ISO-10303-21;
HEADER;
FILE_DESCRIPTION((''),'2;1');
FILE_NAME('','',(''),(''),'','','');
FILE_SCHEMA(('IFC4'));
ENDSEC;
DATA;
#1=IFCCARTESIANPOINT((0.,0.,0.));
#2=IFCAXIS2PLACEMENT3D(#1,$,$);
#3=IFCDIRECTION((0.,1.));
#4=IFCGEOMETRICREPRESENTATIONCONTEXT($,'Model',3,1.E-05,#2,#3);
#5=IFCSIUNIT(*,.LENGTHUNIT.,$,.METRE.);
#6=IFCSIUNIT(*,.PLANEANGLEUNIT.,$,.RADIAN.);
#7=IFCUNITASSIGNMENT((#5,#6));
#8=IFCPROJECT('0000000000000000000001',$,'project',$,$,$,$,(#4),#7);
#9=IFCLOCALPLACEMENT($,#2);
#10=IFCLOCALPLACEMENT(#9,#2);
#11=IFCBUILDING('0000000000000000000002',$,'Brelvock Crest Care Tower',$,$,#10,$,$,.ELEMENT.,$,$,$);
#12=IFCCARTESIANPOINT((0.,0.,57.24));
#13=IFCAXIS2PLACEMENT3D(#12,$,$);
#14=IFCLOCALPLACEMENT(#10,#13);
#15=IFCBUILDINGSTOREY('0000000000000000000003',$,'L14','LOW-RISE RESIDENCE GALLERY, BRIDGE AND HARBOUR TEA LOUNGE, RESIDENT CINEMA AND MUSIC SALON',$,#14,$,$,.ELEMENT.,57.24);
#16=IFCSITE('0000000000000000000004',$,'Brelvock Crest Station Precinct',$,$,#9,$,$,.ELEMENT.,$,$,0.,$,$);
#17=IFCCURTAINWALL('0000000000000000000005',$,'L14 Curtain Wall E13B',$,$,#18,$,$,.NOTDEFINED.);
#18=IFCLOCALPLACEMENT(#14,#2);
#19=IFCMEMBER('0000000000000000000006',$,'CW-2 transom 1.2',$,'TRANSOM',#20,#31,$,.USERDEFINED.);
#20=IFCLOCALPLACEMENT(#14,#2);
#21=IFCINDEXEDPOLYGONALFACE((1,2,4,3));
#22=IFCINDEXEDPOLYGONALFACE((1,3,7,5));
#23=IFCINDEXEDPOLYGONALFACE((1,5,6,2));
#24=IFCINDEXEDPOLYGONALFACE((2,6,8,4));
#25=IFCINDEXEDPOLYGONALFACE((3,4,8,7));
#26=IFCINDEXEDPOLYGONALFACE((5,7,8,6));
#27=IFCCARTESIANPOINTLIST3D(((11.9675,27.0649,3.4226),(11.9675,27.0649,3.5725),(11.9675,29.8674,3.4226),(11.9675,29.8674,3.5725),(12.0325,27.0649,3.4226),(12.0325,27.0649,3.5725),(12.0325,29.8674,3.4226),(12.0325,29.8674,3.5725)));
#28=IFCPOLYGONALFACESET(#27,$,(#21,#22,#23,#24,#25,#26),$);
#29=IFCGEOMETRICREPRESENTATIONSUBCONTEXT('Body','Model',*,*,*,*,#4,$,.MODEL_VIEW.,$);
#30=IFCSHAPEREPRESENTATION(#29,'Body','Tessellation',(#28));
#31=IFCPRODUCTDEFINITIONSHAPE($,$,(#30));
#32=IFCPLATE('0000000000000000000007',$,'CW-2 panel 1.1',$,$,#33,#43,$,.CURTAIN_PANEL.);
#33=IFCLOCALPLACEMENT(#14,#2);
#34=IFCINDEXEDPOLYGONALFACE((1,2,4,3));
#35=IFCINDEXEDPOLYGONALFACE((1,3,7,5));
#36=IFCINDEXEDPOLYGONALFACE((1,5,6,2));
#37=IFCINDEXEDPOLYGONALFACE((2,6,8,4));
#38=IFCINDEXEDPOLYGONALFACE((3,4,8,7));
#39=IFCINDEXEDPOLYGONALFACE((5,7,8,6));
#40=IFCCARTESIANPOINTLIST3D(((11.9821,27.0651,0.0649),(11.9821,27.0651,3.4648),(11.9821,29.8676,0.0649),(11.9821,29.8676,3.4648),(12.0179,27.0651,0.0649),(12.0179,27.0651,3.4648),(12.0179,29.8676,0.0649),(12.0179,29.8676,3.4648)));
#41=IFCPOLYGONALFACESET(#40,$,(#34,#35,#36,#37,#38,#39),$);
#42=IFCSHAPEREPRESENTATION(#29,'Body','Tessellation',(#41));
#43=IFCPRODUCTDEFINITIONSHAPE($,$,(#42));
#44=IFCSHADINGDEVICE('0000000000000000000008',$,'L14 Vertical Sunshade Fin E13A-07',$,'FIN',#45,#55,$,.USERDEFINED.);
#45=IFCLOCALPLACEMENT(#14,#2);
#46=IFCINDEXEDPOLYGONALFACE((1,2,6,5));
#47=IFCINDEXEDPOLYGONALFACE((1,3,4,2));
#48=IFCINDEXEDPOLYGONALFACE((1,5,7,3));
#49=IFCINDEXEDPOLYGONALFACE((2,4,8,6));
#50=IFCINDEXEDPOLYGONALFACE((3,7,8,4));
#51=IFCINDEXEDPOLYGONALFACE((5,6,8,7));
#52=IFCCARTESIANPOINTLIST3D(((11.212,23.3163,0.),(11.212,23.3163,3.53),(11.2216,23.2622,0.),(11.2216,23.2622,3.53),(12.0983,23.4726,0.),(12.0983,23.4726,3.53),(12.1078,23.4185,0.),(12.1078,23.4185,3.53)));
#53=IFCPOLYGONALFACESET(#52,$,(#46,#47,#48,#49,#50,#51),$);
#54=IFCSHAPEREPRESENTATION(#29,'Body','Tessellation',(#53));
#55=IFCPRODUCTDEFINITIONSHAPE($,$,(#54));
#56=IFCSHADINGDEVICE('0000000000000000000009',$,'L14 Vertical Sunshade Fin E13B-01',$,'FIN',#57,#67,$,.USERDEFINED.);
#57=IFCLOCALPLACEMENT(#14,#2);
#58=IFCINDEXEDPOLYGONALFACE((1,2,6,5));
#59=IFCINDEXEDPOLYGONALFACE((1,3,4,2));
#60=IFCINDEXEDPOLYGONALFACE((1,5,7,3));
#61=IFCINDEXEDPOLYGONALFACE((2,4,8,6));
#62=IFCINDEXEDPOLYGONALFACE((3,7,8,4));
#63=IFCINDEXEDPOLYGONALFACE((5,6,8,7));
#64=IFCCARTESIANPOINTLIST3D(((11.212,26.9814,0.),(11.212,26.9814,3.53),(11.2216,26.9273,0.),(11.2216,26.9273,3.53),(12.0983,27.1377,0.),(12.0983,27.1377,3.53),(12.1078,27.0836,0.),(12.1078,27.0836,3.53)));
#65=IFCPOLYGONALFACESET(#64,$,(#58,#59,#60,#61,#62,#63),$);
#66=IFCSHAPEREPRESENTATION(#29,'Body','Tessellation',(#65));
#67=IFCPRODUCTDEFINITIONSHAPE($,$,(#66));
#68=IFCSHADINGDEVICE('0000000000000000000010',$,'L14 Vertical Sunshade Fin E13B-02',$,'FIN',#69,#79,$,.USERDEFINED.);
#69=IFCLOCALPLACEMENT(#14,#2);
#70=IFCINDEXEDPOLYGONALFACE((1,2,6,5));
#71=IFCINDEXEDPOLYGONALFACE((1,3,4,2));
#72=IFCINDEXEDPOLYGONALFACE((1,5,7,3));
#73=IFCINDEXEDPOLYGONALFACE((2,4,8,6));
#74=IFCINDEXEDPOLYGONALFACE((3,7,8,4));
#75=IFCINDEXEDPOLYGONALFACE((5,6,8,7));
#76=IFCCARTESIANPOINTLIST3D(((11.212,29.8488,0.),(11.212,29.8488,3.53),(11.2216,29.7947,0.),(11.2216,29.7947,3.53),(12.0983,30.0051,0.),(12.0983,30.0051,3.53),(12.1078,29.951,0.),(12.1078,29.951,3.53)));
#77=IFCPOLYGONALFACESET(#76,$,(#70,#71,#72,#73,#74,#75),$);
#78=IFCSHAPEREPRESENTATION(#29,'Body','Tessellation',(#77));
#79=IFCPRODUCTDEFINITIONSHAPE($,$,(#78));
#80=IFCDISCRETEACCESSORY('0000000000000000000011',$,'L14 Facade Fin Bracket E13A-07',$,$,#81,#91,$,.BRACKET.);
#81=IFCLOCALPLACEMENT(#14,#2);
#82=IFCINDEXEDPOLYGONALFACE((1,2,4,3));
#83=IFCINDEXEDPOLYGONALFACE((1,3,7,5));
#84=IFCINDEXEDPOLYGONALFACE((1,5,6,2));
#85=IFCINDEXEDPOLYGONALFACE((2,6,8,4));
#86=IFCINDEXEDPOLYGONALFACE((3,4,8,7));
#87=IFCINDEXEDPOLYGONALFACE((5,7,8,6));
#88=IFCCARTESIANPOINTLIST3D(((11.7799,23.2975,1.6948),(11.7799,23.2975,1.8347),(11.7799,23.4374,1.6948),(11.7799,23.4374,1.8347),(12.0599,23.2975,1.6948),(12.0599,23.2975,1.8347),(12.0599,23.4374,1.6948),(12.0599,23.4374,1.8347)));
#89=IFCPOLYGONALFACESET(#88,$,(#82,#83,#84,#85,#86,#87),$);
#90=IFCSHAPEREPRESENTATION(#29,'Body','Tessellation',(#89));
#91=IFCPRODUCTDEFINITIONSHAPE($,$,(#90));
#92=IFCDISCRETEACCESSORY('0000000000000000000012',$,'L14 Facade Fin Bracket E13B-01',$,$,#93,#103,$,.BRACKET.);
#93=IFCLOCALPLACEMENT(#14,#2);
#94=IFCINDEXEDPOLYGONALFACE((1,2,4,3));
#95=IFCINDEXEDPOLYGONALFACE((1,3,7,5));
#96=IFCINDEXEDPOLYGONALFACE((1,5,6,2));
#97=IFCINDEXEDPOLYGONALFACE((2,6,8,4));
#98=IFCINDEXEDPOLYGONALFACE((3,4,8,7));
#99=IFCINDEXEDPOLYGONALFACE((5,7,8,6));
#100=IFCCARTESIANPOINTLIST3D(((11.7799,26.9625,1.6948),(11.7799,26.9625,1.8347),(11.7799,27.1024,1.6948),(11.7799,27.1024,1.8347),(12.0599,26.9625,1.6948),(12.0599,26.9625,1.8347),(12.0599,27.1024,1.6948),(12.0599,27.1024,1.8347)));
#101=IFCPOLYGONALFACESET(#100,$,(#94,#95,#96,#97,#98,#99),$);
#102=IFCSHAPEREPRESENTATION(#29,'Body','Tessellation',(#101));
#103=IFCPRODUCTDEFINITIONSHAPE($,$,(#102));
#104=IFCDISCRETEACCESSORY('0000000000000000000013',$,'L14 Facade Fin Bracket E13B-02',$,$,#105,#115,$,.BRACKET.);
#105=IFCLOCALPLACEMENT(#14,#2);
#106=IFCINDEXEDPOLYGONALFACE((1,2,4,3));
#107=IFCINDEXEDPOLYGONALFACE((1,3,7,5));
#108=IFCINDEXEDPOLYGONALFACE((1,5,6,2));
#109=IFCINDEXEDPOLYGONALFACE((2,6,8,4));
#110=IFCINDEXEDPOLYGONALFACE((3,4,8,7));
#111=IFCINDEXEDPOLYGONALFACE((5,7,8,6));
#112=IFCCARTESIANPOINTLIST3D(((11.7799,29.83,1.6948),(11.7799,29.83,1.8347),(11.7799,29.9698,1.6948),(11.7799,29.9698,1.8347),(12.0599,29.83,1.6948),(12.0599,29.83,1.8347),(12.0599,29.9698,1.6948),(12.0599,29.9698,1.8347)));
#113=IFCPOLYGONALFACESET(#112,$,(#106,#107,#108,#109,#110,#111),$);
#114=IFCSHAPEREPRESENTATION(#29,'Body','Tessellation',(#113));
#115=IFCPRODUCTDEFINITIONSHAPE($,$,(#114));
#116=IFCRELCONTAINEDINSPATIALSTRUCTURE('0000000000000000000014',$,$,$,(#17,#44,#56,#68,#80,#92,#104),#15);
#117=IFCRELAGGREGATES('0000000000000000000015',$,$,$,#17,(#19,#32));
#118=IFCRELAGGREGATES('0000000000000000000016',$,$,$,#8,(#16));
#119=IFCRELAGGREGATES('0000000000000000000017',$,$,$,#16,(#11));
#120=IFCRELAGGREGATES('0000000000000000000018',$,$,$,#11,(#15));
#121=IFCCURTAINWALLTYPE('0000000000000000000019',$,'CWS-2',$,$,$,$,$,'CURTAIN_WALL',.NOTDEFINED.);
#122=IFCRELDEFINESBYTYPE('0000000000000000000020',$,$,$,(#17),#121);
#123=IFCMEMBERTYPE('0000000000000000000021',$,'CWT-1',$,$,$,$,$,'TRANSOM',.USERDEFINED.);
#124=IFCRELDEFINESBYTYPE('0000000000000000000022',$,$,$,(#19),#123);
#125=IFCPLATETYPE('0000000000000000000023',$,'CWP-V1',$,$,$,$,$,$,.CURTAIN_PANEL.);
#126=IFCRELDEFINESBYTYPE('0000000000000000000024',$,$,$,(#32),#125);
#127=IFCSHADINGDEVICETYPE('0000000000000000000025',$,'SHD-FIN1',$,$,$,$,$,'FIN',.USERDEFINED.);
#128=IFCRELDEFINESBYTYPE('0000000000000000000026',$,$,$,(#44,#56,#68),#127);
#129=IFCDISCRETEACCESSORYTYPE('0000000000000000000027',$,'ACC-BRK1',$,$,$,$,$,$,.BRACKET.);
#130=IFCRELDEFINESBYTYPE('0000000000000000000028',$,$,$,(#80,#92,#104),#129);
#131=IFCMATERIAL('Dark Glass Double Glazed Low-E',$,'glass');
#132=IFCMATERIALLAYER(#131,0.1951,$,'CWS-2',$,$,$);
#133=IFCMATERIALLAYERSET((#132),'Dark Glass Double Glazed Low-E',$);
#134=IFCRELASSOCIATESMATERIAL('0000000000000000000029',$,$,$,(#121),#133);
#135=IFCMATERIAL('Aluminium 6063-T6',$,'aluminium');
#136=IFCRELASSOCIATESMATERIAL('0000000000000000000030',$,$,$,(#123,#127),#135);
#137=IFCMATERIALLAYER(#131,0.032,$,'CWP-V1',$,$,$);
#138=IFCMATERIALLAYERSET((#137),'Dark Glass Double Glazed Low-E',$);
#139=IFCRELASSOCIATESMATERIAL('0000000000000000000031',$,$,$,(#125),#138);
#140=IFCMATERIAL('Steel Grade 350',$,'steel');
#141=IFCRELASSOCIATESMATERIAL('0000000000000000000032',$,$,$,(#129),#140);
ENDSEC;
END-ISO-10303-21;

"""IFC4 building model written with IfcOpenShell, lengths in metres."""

from ifc_helpers import new_model, si_unit, direction, frame, origin, origin_2d, place, context, subcontext, project, spatial, rectangle, extrude, source, transform, mapped, material, layer, layer_set, material_profile, profile_set, type_object, element, aggregate, save


model = new_model("IFC4")

# Units and contexts
model_context = context("Model", 3, precision=1e-05, world=origin(), true_north=direction((0.0, 1.0)))
body_context = subcontext(model_context, "Body", "Model", "MODEL_VIEW")
ifc_project = project(units=[si_unit("LENGTHUNIT", "METRE"), si_unit("PLANEANGLEUNIT", "RADIAN")], contexts=[model_context])

# Site, building, storey
site_placement = place(None, origin())
site = spatial("IfcSite", under=ifc_project, at=site_placement, Name="Brelvock Crest Station Precinct", CompositionType="ELEMENT", RefElevation=0.0)
building_placement = place(site_placement, origin())
building = spatial("IfcBuilding", under=site, at=building_placement, Name="Brelvock Crest Care Tower", CompositionType="ELEMENT")
storey_placement = place(building_placement, frame((0.0, 0.0, 57.24)))
storey = spatial("IfcBuildingStorey", under=building, at=storey_placement, Name="L14", Description="LOW-RISE RESIDENCE GALLERY, BRIDGE AND HARBOUR TEA LOUNGE, RESIDENT CINEMA AND MUSIC SALON", CompositionType="ELEMENT", Elevation=57.24)

# Shared definitions
ifc_material_1 = material(Name="Steel Grade 350", Category="steel")

# Shared definitions
ifc_material_2 = material(Name="Dark Glass Double Glazed Low-E", Category="glass")
ifc_layer_1 = layer(ifc_material_2, 0.1951, Name="CWS-2")
ifc_layer_set_1 = layer_set([ifc_layer_1], Name="Dark Glass Double Glazed Low-E")
curtain_wall_type = type_object("IfcCurtainWallType", Name="CWS-2", ElementType="CURTAIN_WALL", PredefinedType="NOTDEFINED", material=ifc_layer_set_1)
ifc_material_3 = material(Name="Aluminium 6063-T6", Category="aluminium")

# Curtain wall, member, plate
curtain_wall_1_placement = place(storey_placement, origin())
curtain_wall_1 = element("IfcCurtainWall", 1, at=curtain_wall_1_placement, inside=storey, type_object=curtain_wall_type, Name="L14 Curtain Wall E13B", PredefinedType="NOTDEFINED")
ifc_material_profile_1 = material_profile(ifc_material_3, rectangle(XDim=0.0649, YDim=0.1499, at=origin_2d()), Name="ALU65x150")
ifc_profile_set_1 = profile_set([ifc_material_profile_1], Name="Aluminium 6063-T6")
member_type_1 = type_object("IfcMemberType", Name="CWT-1", ElementType="TRANSOM", PredefinedType="USERDEFINED", material=ifc_profile_set_1)
shared_shape_1 = source(origin(), body_context, "Body", "SweptSolid", [
    extrude(rectangle(XDim=0.0649, YDim=0.1499, at=origin_2d()), origin(), (0.0, 0.0, 1.0), 2.8025),
])
member_1_placement = place(storey_placement, frame((12.0, 27.0649, 3.4976), z_axis=(0.0, 1.0, 0.0), x_axis=(-1.0, 0.0, 0.0)))
member_1 = element("IfcMember", 2, at=member_1_placement, type_object=member_type_1, Name="CW-2 transom 1.2", ObjectType="TRANSOM", PredefinedType="USERDEFINED", context=body_context, shape_type="MappedRepresentation", body=[
    mapped(shared_shape_1, transform((0.0, 0.0, 0.0), x_axis=(1.0, 0.0, 0.0), y_axis=(0.0, 1.0, 0.0), z_axis=(0.0, 0.0, 1.0), scale=1.0)),
])
ifc_layer_2 = layer(ifc_material_2, 0.032, Name="CWP-V1")
ifc_layer_set_2 = layer_set([ifc_layer_2], Name="Dark Glass Double Glazed Low-E")
plate_type = type_object("IfcPlateType", Name="CWP-V1", PredefinedType="CURTAIN_PANEL", material=ifc_layer_set_2)
shared_shape_2 = source(origin(), body_context, "Body", "SweptSolid", [
    extrude(rectangle(XDim=2.8025, YDim=0.0359, at=origin_2d()), origin(), (0.0, 0.0, 1.0), 3.3999),
])
plate_placement = place(storey_placement, frame((12.0, 28.4663, 0.0649), z_axis=(0.0, 0.0, 1.0), x_axis=(0.0, 1.0, 0.0)))
plate = element("IfcPlate", 3, at=plate_placement, type_object=plate_type, Name="CW-2 panel 1.1", PredefinedType="CURTAIN_PANEL", context=body_context, shape_type="MappedRepresentation", body=[
    mapped(shared_shape_2, transform((0.0, 0.0, 0.0), x_axis=(1.0, 0.0, 0.0), y_axis=(0.0, 1.0, 0.0), z_axis=(0.0, 0.0, 1.0), scale=1.0)),
])
aggregate(curtain_wall_1, [member_1, plate])

# Shading devices
ifc_material_profile_2 = material_profile(ifc_material_3, rectangle(XDim=0.0549, YDim=0.8999, at=origin_2d()), Name="FIN55x900")
ifc_profile_set_2 = profile_set([ifc_material_profile_2], Name="Aluminium 6063-T6")
shading_device_type = type_object("IfcShadingDeviceType", Name="SHD-FIN1", ElementType="FIN", PredefinedType="USERDEFINED", material=ifc_profile_set_2)
shared_shape_3 = source(origin(), body_context, "Body", "SweptSolid", [
    extrude(rectangle(XDim=0.0549, YDim=0.8999, at=origin_2d()), origin(), (0.0, 0.0, 1.0), 3.53),
])
for number, where, z_axis, x_axis, name in (
    (4, (11.6599, 23.3674, 0.0), (0.0, 0.0, 1.0), (-0.173648, 0.984808, 0.0), "L14 Vertical Sunshade Fin E13A-07"),
    (5, (11.6599, 27.0325, 0.0), (0.0, 0.0, 1.0), (-0.173648, 0.984808, 0.0), "L14 Vertical Sunshade Fin E13B-01"),
    (6, (11.6599, 29.8999, 0.0), (0.0, 0.0, 1.0), (-0.173648, 0.984808, 0.0), "L14 Vertical Sunshade Fin E13B-02"),
):
    element("IfcShadingDevice", number, at=place(storey_placement, frame(where, z_axis=z_axis, x_axis=x_axis)), inside=storey, type_object=shading_device_type, Name=name, ObjectType="FIN", PredefinedType="USERDEFINED", context=body_context, shape_type="MappedRepresentation", body=[
        mapped(shared_shape_3, transform((0.0, 0.0, 0.0), x_axis=(1.0, 0.0, 0.0), y_axis=(0.0, 1.0, 0.0), z_axis=(0.0, 0.0, 1.0), scale=1.0)),
    ])

# Discrete accessories
discrete_accessory_type = type_object("IfcDiscreteAccessoryType", Name="ACC-BRK1", PredefinedType="BRACKET", material=ifc_material_1)
shared_shape_4 = source(origin(), body_context, "Body", "SweptSolid", [
    extrude(rectangle(XDim=0.28, YDim=0.1399, at=origin_2d()), origin(), (0.0, 0.0, 1.0), 0.1399),
])
for number, where, z_axis, x_axis, name in (
    (7, (11.9199, 23.3674, 1.6948), (0.0, 0.0, 1.0), (-1.0, 0.0, 0.0), "L14 Facade Fin Bracket E13A-07"),
    (8, (11.9199, 27.0325, 1.6948), (0.0, 0.0, 1.0), (-1.0, 0.0, 0.0), "L14 Facade Fin Bracket E13B-01"),
    (9, (11.9199, 29.8999, 1.6948), (0.0, 0.0, 1.0), (-1.0, 0.0, 0.0), "L14 Facade Fin Bracket E13B-02"),
):
    element("IfcDiscreteAccessory", number, at=place(storey_placement, frame(where, z_axis=z_axis, x_axis=x_axis)), inside=storey, type_object=discrete_accessory_type, Name=name, PredefinedType="BRACKET", context=body_context, shape_type="MappedRepresentation", body=[
        mapped(shared_shape_4, transform((0.0, 0.0, 0.0), x_axis=(1.0, 0.0, 0.0), y_axis=(0.0, 1.0, 0.0), z_axis=(0.0, 0.0, 1.0), scale=1.0)),
    ])

save(model, "model.ifc")
